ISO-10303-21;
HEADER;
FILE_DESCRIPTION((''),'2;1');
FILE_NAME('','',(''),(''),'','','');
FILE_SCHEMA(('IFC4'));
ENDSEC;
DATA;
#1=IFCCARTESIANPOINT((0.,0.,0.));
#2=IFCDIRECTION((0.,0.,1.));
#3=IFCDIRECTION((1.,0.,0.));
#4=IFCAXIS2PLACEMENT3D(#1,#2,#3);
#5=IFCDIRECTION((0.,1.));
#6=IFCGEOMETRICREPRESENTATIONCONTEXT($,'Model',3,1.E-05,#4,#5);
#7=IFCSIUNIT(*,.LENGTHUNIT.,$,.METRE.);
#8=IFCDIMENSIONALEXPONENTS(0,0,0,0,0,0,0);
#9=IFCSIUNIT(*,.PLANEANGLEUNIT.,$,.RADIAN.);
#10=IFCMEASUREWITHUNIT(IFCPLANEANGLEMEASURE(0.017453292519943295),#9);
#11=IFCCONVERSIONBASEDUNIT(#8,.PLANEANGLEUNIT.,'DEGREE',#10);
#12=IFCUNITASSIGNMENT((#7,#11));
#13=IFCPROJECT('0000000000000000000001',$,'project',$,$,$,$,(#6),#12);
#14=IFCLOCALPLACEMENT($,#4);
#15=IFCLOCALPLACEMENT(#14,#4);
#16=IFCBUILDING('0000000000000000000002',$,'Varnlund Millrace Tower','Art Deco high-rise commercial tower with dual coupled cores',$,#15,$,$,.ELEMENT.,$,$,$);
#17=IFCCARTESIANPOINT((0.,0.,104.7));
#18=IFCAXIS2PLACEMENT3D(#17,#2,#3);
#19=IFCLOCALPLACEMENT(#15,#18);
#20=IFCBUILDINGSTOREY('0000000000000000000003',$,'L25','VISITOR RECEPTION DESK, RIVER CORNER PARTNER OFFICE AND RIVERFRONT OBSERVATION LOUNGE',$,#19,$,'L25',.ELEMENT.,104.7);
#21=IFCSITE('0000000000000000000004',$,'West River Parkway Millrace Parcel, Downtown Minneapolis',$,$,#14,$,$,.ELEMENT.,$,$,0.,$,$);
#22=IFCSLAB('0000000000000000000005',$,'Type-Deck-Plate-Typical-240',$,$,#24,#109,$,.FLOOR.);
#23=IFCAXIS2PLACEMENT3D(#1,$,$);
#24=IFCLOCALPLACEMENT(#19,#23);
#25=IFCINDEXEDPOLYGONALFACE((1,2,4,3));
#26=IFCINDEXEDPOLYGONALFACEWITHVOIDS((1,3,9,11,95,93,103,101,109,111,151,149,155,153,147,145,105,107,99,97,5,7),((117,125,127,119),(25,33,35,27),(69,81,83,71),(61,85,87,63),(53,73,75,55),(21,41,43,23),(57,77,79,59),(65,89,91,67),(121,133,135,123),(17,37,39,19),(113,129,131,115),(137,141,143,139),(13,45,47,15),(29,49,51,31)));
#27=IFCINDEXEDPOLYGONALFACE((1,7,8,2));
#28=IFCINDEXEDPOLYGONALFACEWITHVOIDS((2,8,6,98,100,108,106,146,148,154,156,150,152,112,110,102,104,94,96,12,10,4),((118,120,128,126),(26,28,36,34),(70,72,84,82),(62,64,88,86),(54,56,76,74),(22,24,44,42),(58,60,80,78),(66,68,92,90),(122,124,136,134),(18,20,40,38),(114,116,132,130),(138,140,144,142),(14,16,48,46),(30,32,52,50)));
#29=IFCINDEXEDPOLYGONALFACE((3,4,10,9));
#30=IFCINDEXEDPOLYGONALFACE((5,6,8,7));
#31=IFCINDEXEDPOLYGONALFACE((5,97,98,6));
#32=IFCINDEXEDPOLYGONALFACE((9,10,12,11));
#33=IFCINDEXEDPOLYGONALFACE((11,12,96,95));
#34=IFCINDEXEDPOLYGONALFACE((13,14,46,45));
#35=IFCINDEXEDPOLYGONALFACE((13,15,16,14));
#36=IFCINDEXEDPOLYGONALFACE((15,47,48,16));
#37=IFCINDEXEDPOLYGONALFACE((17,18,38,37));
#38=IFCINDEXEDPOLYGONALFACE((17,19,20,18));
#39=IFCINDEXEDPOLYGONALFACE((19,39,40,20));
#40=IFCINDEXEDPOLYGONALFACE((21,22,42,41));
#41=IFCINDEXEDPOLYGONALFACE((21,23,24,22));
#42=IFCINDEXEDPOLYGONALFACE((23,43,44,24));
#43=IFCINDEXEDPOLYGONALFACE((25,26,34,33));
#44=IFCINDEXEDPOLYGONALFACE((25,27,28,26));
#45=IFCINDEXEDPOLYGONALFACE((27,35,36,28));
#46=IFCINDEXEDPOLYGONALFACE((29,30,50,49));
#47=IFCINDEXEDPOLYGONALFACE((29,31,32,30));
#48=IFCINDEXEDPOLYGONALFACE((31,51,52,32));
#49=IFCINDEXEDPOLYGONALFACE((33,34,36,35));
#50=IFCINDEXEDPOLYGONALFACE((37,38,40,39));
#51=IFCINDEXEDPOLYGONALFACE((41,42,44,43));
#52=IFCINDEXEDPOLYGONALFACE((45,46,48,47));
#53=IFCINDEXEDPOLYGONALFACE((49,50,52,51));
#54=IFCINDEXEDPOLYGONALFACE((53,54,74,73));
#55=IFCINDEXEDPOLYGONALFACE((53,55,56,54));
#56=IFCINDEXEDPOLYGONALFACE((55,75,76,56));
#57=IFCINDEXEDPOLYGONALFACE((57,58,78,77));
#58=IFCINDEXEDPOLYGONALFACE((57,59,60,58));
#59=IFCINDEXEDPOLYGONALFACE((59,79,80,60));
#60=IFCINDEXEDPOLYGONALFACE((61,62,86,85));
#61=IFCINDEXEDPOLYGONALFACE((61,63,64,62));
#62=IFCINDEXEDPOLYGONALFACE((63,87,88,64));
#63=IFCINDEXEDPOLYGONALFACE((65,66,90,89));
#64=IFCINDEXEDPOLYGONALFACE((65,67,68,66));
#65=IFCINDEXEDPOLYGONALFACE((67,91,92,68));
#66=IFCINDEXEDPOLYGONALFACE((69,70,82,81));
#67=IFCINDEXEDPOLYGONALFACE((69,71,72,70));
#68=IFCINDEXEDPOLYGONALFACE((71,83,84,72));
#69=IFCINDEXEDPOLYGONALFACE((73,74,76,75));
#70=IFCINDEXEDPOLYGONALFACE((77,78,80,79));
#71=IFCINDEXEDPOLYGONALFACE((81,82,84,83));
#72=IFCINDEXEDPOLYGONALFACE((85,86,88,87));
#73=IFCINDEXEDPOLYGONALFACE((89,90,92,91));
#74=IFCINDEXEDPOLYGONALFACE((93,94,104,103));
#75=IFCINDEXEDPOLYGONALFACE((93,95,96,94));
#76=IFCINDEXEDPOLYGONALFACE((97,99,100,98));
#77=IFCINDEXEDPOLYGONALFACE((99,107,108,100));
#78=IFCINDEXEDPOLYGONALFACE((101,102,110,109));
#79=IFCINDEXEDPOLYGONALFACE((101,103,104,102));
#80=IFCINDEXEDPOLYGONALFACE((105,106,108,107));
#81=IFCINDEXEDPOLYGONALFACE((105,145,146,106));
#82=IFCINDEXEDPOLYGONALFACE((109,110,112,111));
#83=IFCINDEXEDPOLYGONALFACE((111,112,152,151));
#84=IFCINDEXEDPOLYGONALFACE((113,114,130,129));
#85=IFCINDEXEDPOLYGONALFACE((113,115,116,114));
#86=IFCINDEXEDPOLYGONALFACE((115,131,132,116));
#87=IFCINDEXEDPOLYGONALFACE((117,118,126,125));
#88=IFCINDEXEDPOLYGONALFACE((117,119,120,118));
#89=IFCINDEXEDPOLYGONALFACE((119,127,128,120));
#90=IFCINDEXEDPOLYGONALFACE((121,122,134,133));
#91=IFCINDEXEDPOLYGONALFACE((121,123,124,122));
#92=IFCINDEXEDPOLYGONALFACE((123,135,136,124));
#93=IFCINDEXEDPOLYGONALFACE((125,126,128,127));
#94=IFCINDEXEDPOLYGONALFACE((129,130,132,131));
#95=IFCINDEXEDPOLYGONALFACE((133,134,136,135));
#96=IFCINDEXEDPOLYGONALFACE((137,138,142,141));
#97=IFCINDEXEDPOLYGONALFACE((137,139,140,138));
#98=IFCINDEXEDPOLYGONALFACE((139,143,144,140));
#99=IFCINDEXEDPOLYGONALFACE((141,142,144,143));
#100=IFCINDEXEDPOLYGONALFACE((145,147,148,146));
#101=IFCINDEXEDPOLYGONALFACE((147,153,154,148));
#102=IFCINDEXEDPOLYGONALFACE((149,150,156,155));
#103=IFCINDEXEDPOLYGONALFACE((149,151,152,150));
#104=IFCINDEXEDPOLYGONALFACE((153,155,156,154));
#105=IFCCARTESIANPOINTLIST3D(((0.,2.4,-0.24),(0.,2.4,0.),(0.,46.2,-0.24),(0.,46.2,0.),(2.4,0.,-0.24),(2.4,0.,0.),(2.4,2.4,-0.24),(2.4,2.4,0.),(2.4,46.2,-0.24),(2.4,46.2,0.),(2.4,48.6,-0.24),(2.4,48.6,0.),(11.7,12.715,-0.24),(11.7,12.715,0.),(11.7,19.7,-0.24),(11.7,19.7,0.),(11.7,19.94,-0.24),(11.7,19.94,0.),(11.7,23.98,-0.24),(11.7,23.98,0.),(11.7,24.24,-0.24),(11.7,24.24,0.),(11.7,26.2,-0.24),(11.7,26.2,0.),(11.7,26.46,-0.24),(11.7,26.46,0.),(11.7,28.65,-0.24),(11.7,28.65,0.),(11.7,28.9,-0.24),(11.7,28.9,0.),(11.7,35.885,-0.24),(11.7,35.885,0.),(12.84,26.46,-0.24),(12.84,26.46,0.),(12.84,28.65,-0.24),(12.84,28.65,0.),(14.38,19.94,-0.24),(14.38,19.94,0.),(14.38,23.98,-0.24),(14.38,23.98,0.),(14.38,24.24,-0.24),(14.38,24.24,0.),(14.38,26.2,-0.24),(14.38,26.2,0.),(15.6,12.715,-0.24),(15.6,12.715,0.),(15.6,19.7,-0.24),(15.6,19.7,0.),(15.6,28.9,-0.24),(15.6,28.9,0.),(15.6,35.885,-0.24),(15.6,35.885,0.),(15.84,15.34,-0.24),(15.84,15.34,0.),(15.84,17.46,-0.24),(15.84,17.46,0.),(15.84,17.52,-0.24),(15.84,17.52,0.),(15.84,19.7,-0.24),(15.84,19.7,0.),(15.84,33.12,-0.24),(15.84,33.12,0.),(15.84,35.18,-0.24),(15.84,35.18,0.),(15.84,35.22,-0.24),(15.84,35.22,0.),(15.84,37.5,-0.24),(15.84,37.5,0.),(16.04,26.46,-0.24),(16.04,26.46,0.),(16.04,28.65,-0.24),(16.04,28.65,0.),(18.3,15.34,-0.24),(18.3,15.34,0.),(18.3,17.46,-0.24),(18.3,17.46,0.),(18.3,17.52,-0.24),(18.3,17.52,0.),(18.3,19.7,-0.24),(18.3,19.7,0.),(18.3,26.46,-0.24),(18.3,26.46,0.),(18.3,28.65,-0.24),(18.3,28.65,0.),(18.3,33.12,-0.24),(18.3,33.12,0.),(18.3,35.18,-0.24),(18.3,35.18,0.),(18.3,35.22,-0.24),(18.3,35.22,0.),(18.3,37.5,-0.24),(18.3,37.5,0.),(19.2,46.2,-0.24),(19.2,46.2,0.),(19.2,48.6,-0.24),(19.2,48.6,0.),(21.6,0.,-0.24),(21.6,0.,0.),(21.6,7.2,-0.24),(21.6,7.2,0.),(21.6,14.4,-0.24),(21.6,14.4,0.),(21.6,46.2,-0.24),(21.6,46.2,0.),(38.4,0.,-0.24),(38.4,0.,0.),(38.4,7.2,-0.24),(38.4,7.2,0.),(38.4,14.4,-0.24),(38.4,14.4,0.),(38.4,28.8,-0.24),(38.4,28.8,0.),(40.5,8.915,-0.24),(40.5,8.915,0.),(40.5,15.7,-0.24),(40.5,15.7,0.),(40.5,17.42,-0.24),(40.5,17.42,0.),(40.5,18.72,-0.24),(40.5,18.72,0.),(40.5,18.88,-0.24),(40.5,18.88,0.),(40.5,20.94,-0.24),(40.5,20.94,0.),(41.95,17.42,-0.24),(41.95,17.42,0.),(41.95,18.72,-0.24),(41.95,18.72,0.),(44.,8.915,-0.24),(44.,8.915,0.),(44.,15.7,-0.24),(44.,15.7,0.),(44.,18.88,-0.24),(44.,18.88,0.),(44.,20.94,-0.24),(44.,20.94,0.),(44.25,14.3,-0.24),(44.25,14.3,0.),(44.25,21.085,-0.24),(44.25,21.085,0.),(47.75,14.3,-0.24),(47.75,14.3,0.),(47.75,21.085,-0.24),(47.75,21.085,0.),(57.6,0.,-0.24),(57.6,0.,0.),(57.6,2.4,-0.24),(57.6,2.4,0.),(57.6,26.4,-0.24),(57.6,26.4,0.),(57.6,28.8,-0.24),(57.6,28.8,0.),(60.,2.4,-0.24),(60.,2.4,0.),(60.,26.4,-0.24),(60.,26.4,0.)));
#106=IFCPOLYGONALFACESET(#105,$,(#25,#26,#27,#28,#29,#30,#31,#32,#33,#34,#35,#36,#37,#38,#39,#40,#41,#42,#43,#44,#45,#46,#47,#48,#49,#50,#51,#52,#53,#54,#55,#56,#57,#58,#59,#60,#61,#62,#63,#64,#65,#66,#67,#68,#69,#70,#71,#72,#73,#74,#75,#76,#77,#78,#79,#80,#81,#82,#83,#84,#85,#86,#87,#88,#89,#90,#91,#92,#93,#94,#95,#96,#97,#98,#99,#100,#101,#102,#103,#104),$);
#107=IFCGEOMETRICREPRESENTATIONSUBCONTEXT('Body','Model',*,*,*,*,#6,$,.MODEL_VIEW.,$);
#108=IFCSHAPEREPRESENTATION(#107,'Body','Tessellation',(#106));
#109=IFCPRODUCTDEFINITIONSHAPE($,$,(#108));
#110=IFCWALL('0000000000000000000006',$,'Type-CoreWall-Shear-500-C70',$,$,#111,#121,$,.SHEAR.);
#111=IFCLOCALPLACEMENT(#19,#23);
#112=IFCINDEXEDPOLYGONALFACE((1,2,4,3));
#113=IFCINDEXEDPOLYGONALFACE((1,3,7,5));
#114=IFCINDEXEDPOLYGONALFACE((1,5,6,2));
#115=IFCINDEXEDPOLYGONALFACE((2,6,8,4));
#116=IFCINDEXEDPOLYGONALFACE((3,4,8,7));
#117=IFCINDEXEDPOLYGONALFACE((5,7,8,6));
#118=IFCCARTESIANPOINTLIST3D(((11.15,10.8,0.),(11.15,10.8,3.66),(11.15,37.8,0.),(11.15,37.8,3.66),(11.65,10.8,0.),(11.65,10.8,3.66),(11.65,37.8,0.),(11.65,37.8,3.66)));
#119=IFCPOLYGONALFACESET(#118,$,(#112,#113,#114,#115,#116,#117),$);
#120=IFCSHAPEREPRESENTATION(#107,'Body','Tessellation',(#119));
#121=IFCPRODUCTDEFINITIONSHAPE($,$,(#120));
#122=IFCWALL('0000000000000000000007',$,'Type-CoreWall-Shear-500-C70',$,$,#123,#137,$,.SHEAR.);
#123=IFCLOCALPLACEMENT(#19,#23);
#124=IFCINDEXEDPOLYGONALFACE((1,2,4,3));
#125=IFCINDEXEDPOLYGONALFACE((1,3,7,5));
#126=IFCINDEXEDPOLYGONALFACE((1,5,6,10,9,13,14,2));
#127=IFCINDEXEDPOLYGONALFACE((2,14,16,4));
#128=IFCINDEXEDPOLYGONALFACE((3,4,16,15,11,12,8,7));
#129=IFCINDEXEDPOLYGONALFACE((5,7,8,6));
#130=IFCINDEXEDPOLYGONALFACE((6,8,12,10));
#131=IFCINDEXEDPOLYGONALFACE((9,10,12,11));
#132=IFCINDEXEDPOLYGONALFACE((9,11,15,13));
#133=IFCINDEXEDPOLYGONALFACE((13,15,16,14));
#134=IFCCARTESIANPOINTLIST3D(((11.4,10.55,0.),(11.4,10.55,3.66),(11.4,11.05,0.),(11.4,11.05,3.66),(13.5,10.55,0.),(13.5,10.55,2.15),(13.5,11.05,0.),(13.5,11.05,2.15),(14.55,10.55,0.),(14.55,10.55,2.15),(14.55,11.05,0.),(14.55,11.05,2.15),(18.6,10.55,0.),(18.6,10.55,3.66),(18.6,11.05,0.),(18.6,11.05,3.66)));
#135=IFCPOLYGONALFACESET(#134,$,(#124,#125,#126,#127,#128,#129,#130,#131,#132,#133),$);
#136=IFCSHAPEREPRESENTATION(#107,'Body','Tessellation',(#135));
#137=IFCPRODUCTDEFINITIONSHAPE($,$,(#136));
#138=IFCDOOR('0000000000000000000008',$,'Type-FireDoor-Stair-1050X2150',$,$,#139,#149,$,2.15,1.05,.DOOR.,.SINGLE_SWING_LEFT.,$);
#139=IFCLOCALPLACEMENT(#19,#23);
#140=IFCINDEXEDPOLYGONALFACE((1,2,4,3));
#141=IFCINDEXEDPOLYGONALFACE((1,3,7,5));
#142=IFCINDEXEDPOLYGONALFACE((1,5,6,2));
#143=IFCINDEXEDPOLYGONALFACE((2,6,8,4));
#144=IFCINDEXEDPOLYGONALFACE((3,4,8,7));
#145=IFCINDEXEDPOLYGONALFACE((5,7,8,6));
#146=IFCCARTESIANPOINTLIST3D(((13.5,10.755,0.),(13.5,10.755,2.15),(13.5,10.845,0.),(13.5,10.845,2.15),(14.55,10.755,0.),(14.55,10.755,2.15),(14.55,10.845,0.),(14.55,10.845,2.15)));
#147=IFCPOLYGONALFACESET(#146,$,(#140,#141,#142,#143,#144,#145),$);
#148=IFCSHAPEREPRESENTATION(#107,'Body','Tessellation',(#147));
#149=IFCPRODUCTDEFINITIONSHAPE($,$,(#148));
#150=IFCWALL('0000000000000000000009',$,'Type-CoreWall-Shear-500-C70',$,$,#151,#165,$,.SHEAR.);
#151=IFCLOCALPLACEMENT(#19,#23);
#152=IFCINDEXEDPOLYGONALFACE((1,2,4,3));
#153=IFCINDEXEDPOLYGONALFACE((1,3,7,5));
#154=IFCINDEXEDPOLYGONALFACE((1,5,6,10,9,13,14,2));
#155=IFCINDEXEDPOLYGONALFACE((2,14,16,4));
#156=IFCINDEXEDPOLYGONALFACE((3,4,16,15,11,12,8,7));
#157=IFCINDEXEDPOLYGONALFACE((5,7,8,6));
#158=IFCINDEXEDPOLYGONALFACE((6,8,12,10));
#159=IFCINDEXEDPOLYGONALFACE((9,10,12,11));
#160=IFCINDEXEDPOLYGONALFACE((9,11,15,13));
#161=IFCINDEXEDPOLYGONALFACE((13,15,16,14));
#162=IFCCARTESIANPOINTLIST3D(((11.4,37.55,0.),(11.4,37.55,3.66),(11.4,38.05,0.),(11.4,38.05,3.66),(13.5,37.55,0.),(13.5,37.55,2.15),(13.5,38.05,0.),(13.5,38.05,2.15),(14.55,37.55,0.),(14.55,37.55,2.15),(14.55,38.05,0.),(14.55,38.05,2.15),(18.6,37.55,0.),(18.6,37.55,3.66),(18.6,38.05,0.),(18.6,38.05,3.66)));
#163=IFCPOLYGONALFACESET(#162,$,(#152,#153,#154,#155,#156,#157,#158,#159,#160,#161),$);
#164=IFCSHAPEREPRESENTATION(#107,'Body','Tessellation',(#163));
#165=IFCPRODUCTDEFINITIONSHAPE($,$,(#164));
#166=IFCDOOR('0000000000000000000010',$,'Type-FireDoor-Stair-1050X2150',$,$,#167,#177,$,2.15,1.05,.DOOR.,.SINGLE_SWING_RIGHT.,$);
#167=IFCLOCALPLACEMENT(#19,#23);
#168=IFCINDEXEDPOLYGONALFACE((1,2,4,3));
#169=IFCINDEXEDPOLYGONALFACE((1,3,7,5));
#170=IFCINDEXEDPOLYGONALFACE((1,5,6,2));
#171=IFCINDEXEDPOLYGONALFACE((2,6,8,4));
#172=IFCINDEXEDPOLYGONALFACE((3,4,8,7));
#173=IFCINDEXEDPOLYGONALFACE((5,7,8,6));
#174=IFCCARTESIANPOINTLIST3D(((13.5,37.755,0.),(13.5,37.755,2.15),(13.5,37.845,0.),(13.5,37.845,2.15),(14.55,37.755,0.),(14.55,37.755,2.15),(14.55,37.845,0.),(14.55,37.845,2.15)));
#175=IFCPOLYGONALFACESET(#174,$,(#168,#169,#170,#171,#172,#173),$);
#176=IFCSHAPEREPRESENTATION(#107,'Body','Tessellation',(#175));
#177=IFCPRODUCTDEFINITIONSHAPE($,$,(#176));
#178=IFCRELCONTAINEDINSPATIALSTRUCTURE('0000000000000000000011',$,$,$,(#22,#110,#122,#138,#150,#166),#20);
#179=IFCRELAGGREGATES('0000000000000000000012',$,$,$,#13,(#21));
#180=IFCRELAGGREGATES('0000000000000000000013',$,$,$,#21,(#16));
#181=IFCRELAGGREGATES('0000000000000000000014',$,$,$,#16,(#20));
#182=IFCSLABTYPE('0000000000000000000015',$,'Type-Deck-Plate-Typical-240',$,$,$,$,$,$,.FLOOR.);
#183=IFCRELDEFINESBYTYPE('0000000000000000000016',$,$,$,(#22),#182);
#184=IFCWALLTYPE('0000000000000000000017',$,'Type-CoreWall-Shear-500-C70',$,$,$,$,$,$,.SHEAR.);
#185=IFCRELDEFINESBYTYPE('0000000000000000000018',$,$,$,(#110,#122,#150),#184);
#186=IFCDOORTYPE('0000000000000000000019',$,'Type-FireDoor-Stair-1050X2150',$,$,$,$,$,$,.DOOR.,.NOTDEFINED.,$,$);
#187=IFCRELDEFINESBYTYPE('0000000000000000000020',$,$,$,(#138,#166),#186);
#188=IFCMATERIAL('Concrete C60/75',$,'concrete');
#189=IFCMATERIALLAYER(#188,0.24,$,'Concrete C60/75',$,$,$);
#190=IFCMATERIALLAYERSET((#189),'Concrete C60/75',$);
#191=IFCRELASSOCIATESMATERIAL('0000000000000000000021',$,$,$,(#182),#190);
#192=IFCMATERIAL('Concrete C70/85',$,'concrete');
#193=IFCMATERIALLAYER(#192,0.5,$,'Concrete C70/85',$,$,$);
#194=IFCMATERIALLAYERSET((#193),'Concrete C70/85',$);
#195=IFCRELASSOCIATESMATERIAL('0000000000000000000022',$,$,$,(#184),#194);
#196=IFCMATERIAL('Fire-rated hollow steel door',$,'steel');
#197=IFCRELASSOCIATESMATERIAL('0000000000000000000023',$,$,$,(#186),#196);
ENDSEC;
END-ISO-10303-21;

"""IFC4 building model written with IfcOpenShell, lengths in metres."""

from ifc_helpers import new_model, entity, si_unit, converted_unit, direction, frame, origin_with_axes, origin_2d_with_axis, place, context, subcontext, project, spatial, polyline, rectangle, outline, extrude, material, layer, layer_set, type_object, element, fill, save


model = new_model("IFC4")

# Units and contexts
model_context = context("Model", 3, precision=1e-05, world=origin_with_axes(), true_north=direction((0.0, 1.0)))
body_context = subcontext(model_context, "Body", "Model", "MODEL_VIEW")
ifc_project = project(units=[si_unit("LENGTHUNIT", "METRE"), converted_unit("PLANEANGLEUNIT", "DEGREE", entity("IfcPlaneAngleMeasure", 0.017453292519943295), si_unit("PLANEANGLEUNIT", "RADIAN"), dimensions=[0, 0, 0, 0, 0, 0, 0])], contexts=[model_context])

# Site, building, storey
site_placement = place(None, origin_with_axes())
site = spatial("IfcSite", under=ifc_project, at=site_placement, Name="West River Parkway Millrace Parcel, Downtown Minneapolis", CompositionType="ELEMENT", RefElevation=0.0)
building_placement = place(site_placement, origin_with_axes())
building = spatial("IfcBuilding", under=site, at=building_placement, Name="Varnlund Millrace Tower", Description="Art Deco high-rise commercial tower with dual coupled cores", CompositionType="ELEMENT")
storey_placement = place(building_placement, frame((0.0, 0.0, 104.7), z_axis=(0.0, 0.0, 1.0), x_axis=(1.0, 0.0, 0.0)))
storey = spatial("IfcBuildingStorey", under=building, at=storey_placement, Name="L25", Description="VISITOR RECEPTION DESK, RIVER CORNER PARTNER OFFICE AND RIVERFRONT OBSERVATION LOUNGE", LongName="L25", CompositionType="ELEMENT", Elevation=104.7)

# Slab
ifc_material_1 = material(Name="Concrete C60/75", Category="concrete")
ifc_layer_1 = layer(ifc_material_1, 0.24, Name="Concrete C60/75")
ifc_layer_set_1 = layer_set([ifc_layer_1], Name="Concrete C60/75")
slab_type = type_object("IfcSlabType", Name="Type-Deck-Plate-Typical-240", PredefinedType="FLOOR", material=ifc_layer_set_1)
slab_placement = place(storey_placement, frame((0.0, 0.0, -0.24), z_axis=(0.0, 0.0, 1.0), x_axis=(1.0, 0.0, 0.0)))
element("IfcSlab", 1, at=slab_placement, inside=storey, type_object=slab_type, Name="Type-Deck-Plate-Typical-240", PredefinedType="FLOOR", context=body_context, shape_type="SweptSolid", body=[
    extrude(outline(polyline([(21.6, 14.4), (21.6, 46.2), (19.2, 46.2), (19.2, 48.6), (2.4, 48.6), (2.4, 46.2), (0.0, 46.2), (0.0, 2.4), (2.4, 2.4), (2.4, 0.0), (21.6, 0.0), (21.6, 7.2), (38.4, 7.2), (38.4, 0.0), (57.6, 0.0), (57.6, 2.4), (60.0, 2.4), (60.0, 26.4), (57.6, 26.4), (57.6, 28.8), (38.4, 28.8), (38.4, 14.4), (21.6, 14.4)]), holes=[polyline([(15.6, 19.7), (15.6, 12.715), (11.7, 12.715), (11.7, 19.7), (15.6, 19.7)]), polyline([(18.3, 15.34), (15.84, 15.34), (15.84, 17.46), (18.3, 17.46), (18.3, 15.34)]), polyline([(18.3, 17.52), (15.84, 17.52), (15.84, 19.7), (18.3, 19.7), (18.3, 17.52)]), polyline([(11.7, 23.98), (14.38, 23.98), (14.38, 19.94), (11.7, 19.94), (11.7, 23.98)]), polyline([(14.38, 24.24), (11.7, 24.24), (11.7, 26.2), (14.38, 26.2), (14.38, 24.24)]), polyline([(12.84, 26.46), (11.7, 26.46), (11.7, 28.65), (12.84, 28.65), (12.84, 26.46)]), polyline([(15.6, 28.9), (11.7, 28.9), (11.7, 35.885), (15.6, 35.885), (15.6, 28.9)]), polyline([(44.0, 8.915), (40.5, 8.915), (40.5, 15.7), (44.0, 15.7), (44.0, 8.915)]), polyline([(47.75, 14.3), (44.25, 14.3), (44.25, 21.085), (47.75, 21.085), (47.75, 14.3)]), polyline([(41.95, 17.42), (40.5, 17.42), (40.5, 18.72), (41.95, 18.72), (41.95, 17.42)]), polyline([(44.0, 18.88), (40.5, 18.88), (40.5, 20.94), (44.0, 20.94), (44.0, 18.88)]), polyline([(18.3, 26.46), (16.04, 26.46), (16.04, 28.65), (18.3, 28.65), (18.3, 26.46)]), polyline([(18.3, 33.12), (15.84, 33.12), (15.84, 35.18), (18.3, 35.18), (18.3, 33.12)]), polyline([(18.3, 35.22), (15.84, 35.22), (15.84, 37.5), (18.3, 37.5), (18.3, 35.22)])]), origin_with_axes(), (0.0, 0.0, 1.0), 0.24),
])

# Wall
ifc_material_2 = material(Name="Concrete C70/85", Category="concrete")
ifc_layer_2 = layer(ifc_material_2, 0.5, Name="Concrete C70/85")
ifc_layer_set_2 = layer_set([ifc_layer_2], Name="Concrete C70/85")
wall_type_1 = type_object("IfcWallType", Name="Type-CoreWall-Shear-500-C70", PredefinedType="SHEAR", material=ifc_layer_set_2)
wall_1_placement = place(storey_placement, frame((11.4, 10.8, 0.0), z_axis=(0.0, 0.0, 1.0), x_axis=(0.0, 1.0, 0.0)))
element("IfcWall", 2, at=wall_1_placement, inside=storey, type_object=wall_type_1, Name="Type-CoreWall-Shear-500-C70", PredefinedType="SHEAR", context=body_context, shape_type="SweptSolid", body=[
    extrude(outline(polyline([(0.0, -0.25), (27.0, -0.25), (27.0, 0.25), (0.0, 0.25), (0.0, -0.25)])), origin_with_axes(), (0.0, 0.0, 1.0), 3.66),
])

# Walls, openings, doors
wall_2_placement = place(storey_placement, frame((11.4, 10.8, 0.0), z_axis=(0.0, 0.0, 1.0), x_axis=(1.0, 0.0, 0.0)))
wall_2 = element("IfcWall", 3, at=wall_2_placement, inside=storey, type_object=wall_type_1, Name="Type-CoreWall-Shear-500-C70", PredefinedType="SHEAR", context=body_context, shape_type="SweptSolid", body=[
    extrude(outline(polyline([(0.0, -0.25), (7.2, -0.25), (7.2, 0.25), (0.0, 0.25), (0.0, -0.25)])), origin_with_axes(), (0.0, 0.0, 1.0), 3.66),
])
opening_1_placement = place(wall_2_placement, frame((2.625, 0.0, 0.0), z_axis=(0.0, 0.0, 1.0), x_axis=(1.0, 0.0, 0.0)))
opening_1 = element("IfcOpeningElement", 4, at=opening_1_placement, cuts=wall_2, PredefinedType="OPENING", context=body_context, shape_type="SweptSolid", body=[
    extrude(rectangle(XDim=1.05, YDim=0.52, at=origin_2d_with_axis()), origin_with_axes(), (0.0, 0.0, 1.0), 2.15),
])
ifc_material_3 = material(Name="Fire-rated hollow steel door", Category="steel")
door_type_1 = type_object("IfcDoorType", Name="Type-FireDoor-Stair-1050X2150", OperationType="NOTDEFINED", PredefinedType="DOOR", material=ifc_material_3)
door_1_placement = place(wall_2_placement, frame((2.625, 0.0, 0.0), z_axis=(0.0, 0.0, 1.0), x_axis=(1.0, 0.0, 0.0)))
door_1 = element("IfcDoor", 5, at=door_1_placement, inside=storey, type_object=door_type_1, Name="Type-FireDoor-Stair-1050X2150", OperationType="SINGLE_SWING_LEFT", OverallHeight=2.15, OverallWidth=1.05, PredefinedType="DOOR", context=body_context, shape_type="SweptSolid", body=[
    extrude(rectangle(XDim=1.05, YDim=0.09, at=origin_2d_with_axis()), origin_with_axes(), (0.0, 0.0, 1.0), 2.15),
])
fill(opening_1, door_1)
wall_3_placement = place(storey_placement, frame((11.4, 37.8, 0.0), z_axis=(0.0, 0.0, 1.0), x_axis=(1.0, 0.0, 0.0)))
wall_3 = element("IfcWall", 6, at=wall_3_placement, inside=storey, type_object=wall_type_1, Name="Type-CoreWall-Shear-500-C70", PredefinedType="SHEAR", context=body_context, shape_type="SweptSolid", body=[
    extrude(outline(polyline([(0.0, -0.25), (7.2, -0.25), (7.2, 0.25), (0.0, 0.25), (0.0, -0.25)])), origin_with_axes(), (0.0, 0.0, 1.0), 3.66),
])
opening_2_placement = place(wall_3_placement, frame((2.625, 0.0, 0.0), z_axis=(0.0, 0.0, 1.0), x_axis=(1.0, 0.0, 0.0)))
opening_2 = element("IfcOpeningElement", 7, at=opening_2_placement, cuts=wall_3, PredefinedType="OPENING", context=body_context, shape_type="SweptSolid", body=[
    extrude(rectangle(XDim=1.05, YDim=0.52, at=origin_2d_with_axis()), origin_with_axes(), (0.0, 0.0, 1.0), 2.15),
])
door_2_placement = place(wall_3_placement, frame((2.625, 0.0, 0.0), z_axis=(0.0, 0.0, 1.0), x_axis=(1.0, 0.0, 0.0)))
door_2 = element("IfcDoor", 8, at=door_2_placement, inside=storey, type_object=door_type_1, Name="Type-FireDoor-Stair-1050X2150", OperationType="SINGLE_SWING_RIGHT", OverallHeight=2.15, OverallWidth=1.05, PredefinedType="DOOR", context=body_context, shape_type="SweptSolid", body=[
    extrude(rectangle(XDim=1.05, YDim=0.09, at=origin_2d_with_axis()), origin_with_axes(), (0.0, 0.0, 1.0), 2.15),
])
fill(opening_2, door_2)

save(model, "model.ifc")
